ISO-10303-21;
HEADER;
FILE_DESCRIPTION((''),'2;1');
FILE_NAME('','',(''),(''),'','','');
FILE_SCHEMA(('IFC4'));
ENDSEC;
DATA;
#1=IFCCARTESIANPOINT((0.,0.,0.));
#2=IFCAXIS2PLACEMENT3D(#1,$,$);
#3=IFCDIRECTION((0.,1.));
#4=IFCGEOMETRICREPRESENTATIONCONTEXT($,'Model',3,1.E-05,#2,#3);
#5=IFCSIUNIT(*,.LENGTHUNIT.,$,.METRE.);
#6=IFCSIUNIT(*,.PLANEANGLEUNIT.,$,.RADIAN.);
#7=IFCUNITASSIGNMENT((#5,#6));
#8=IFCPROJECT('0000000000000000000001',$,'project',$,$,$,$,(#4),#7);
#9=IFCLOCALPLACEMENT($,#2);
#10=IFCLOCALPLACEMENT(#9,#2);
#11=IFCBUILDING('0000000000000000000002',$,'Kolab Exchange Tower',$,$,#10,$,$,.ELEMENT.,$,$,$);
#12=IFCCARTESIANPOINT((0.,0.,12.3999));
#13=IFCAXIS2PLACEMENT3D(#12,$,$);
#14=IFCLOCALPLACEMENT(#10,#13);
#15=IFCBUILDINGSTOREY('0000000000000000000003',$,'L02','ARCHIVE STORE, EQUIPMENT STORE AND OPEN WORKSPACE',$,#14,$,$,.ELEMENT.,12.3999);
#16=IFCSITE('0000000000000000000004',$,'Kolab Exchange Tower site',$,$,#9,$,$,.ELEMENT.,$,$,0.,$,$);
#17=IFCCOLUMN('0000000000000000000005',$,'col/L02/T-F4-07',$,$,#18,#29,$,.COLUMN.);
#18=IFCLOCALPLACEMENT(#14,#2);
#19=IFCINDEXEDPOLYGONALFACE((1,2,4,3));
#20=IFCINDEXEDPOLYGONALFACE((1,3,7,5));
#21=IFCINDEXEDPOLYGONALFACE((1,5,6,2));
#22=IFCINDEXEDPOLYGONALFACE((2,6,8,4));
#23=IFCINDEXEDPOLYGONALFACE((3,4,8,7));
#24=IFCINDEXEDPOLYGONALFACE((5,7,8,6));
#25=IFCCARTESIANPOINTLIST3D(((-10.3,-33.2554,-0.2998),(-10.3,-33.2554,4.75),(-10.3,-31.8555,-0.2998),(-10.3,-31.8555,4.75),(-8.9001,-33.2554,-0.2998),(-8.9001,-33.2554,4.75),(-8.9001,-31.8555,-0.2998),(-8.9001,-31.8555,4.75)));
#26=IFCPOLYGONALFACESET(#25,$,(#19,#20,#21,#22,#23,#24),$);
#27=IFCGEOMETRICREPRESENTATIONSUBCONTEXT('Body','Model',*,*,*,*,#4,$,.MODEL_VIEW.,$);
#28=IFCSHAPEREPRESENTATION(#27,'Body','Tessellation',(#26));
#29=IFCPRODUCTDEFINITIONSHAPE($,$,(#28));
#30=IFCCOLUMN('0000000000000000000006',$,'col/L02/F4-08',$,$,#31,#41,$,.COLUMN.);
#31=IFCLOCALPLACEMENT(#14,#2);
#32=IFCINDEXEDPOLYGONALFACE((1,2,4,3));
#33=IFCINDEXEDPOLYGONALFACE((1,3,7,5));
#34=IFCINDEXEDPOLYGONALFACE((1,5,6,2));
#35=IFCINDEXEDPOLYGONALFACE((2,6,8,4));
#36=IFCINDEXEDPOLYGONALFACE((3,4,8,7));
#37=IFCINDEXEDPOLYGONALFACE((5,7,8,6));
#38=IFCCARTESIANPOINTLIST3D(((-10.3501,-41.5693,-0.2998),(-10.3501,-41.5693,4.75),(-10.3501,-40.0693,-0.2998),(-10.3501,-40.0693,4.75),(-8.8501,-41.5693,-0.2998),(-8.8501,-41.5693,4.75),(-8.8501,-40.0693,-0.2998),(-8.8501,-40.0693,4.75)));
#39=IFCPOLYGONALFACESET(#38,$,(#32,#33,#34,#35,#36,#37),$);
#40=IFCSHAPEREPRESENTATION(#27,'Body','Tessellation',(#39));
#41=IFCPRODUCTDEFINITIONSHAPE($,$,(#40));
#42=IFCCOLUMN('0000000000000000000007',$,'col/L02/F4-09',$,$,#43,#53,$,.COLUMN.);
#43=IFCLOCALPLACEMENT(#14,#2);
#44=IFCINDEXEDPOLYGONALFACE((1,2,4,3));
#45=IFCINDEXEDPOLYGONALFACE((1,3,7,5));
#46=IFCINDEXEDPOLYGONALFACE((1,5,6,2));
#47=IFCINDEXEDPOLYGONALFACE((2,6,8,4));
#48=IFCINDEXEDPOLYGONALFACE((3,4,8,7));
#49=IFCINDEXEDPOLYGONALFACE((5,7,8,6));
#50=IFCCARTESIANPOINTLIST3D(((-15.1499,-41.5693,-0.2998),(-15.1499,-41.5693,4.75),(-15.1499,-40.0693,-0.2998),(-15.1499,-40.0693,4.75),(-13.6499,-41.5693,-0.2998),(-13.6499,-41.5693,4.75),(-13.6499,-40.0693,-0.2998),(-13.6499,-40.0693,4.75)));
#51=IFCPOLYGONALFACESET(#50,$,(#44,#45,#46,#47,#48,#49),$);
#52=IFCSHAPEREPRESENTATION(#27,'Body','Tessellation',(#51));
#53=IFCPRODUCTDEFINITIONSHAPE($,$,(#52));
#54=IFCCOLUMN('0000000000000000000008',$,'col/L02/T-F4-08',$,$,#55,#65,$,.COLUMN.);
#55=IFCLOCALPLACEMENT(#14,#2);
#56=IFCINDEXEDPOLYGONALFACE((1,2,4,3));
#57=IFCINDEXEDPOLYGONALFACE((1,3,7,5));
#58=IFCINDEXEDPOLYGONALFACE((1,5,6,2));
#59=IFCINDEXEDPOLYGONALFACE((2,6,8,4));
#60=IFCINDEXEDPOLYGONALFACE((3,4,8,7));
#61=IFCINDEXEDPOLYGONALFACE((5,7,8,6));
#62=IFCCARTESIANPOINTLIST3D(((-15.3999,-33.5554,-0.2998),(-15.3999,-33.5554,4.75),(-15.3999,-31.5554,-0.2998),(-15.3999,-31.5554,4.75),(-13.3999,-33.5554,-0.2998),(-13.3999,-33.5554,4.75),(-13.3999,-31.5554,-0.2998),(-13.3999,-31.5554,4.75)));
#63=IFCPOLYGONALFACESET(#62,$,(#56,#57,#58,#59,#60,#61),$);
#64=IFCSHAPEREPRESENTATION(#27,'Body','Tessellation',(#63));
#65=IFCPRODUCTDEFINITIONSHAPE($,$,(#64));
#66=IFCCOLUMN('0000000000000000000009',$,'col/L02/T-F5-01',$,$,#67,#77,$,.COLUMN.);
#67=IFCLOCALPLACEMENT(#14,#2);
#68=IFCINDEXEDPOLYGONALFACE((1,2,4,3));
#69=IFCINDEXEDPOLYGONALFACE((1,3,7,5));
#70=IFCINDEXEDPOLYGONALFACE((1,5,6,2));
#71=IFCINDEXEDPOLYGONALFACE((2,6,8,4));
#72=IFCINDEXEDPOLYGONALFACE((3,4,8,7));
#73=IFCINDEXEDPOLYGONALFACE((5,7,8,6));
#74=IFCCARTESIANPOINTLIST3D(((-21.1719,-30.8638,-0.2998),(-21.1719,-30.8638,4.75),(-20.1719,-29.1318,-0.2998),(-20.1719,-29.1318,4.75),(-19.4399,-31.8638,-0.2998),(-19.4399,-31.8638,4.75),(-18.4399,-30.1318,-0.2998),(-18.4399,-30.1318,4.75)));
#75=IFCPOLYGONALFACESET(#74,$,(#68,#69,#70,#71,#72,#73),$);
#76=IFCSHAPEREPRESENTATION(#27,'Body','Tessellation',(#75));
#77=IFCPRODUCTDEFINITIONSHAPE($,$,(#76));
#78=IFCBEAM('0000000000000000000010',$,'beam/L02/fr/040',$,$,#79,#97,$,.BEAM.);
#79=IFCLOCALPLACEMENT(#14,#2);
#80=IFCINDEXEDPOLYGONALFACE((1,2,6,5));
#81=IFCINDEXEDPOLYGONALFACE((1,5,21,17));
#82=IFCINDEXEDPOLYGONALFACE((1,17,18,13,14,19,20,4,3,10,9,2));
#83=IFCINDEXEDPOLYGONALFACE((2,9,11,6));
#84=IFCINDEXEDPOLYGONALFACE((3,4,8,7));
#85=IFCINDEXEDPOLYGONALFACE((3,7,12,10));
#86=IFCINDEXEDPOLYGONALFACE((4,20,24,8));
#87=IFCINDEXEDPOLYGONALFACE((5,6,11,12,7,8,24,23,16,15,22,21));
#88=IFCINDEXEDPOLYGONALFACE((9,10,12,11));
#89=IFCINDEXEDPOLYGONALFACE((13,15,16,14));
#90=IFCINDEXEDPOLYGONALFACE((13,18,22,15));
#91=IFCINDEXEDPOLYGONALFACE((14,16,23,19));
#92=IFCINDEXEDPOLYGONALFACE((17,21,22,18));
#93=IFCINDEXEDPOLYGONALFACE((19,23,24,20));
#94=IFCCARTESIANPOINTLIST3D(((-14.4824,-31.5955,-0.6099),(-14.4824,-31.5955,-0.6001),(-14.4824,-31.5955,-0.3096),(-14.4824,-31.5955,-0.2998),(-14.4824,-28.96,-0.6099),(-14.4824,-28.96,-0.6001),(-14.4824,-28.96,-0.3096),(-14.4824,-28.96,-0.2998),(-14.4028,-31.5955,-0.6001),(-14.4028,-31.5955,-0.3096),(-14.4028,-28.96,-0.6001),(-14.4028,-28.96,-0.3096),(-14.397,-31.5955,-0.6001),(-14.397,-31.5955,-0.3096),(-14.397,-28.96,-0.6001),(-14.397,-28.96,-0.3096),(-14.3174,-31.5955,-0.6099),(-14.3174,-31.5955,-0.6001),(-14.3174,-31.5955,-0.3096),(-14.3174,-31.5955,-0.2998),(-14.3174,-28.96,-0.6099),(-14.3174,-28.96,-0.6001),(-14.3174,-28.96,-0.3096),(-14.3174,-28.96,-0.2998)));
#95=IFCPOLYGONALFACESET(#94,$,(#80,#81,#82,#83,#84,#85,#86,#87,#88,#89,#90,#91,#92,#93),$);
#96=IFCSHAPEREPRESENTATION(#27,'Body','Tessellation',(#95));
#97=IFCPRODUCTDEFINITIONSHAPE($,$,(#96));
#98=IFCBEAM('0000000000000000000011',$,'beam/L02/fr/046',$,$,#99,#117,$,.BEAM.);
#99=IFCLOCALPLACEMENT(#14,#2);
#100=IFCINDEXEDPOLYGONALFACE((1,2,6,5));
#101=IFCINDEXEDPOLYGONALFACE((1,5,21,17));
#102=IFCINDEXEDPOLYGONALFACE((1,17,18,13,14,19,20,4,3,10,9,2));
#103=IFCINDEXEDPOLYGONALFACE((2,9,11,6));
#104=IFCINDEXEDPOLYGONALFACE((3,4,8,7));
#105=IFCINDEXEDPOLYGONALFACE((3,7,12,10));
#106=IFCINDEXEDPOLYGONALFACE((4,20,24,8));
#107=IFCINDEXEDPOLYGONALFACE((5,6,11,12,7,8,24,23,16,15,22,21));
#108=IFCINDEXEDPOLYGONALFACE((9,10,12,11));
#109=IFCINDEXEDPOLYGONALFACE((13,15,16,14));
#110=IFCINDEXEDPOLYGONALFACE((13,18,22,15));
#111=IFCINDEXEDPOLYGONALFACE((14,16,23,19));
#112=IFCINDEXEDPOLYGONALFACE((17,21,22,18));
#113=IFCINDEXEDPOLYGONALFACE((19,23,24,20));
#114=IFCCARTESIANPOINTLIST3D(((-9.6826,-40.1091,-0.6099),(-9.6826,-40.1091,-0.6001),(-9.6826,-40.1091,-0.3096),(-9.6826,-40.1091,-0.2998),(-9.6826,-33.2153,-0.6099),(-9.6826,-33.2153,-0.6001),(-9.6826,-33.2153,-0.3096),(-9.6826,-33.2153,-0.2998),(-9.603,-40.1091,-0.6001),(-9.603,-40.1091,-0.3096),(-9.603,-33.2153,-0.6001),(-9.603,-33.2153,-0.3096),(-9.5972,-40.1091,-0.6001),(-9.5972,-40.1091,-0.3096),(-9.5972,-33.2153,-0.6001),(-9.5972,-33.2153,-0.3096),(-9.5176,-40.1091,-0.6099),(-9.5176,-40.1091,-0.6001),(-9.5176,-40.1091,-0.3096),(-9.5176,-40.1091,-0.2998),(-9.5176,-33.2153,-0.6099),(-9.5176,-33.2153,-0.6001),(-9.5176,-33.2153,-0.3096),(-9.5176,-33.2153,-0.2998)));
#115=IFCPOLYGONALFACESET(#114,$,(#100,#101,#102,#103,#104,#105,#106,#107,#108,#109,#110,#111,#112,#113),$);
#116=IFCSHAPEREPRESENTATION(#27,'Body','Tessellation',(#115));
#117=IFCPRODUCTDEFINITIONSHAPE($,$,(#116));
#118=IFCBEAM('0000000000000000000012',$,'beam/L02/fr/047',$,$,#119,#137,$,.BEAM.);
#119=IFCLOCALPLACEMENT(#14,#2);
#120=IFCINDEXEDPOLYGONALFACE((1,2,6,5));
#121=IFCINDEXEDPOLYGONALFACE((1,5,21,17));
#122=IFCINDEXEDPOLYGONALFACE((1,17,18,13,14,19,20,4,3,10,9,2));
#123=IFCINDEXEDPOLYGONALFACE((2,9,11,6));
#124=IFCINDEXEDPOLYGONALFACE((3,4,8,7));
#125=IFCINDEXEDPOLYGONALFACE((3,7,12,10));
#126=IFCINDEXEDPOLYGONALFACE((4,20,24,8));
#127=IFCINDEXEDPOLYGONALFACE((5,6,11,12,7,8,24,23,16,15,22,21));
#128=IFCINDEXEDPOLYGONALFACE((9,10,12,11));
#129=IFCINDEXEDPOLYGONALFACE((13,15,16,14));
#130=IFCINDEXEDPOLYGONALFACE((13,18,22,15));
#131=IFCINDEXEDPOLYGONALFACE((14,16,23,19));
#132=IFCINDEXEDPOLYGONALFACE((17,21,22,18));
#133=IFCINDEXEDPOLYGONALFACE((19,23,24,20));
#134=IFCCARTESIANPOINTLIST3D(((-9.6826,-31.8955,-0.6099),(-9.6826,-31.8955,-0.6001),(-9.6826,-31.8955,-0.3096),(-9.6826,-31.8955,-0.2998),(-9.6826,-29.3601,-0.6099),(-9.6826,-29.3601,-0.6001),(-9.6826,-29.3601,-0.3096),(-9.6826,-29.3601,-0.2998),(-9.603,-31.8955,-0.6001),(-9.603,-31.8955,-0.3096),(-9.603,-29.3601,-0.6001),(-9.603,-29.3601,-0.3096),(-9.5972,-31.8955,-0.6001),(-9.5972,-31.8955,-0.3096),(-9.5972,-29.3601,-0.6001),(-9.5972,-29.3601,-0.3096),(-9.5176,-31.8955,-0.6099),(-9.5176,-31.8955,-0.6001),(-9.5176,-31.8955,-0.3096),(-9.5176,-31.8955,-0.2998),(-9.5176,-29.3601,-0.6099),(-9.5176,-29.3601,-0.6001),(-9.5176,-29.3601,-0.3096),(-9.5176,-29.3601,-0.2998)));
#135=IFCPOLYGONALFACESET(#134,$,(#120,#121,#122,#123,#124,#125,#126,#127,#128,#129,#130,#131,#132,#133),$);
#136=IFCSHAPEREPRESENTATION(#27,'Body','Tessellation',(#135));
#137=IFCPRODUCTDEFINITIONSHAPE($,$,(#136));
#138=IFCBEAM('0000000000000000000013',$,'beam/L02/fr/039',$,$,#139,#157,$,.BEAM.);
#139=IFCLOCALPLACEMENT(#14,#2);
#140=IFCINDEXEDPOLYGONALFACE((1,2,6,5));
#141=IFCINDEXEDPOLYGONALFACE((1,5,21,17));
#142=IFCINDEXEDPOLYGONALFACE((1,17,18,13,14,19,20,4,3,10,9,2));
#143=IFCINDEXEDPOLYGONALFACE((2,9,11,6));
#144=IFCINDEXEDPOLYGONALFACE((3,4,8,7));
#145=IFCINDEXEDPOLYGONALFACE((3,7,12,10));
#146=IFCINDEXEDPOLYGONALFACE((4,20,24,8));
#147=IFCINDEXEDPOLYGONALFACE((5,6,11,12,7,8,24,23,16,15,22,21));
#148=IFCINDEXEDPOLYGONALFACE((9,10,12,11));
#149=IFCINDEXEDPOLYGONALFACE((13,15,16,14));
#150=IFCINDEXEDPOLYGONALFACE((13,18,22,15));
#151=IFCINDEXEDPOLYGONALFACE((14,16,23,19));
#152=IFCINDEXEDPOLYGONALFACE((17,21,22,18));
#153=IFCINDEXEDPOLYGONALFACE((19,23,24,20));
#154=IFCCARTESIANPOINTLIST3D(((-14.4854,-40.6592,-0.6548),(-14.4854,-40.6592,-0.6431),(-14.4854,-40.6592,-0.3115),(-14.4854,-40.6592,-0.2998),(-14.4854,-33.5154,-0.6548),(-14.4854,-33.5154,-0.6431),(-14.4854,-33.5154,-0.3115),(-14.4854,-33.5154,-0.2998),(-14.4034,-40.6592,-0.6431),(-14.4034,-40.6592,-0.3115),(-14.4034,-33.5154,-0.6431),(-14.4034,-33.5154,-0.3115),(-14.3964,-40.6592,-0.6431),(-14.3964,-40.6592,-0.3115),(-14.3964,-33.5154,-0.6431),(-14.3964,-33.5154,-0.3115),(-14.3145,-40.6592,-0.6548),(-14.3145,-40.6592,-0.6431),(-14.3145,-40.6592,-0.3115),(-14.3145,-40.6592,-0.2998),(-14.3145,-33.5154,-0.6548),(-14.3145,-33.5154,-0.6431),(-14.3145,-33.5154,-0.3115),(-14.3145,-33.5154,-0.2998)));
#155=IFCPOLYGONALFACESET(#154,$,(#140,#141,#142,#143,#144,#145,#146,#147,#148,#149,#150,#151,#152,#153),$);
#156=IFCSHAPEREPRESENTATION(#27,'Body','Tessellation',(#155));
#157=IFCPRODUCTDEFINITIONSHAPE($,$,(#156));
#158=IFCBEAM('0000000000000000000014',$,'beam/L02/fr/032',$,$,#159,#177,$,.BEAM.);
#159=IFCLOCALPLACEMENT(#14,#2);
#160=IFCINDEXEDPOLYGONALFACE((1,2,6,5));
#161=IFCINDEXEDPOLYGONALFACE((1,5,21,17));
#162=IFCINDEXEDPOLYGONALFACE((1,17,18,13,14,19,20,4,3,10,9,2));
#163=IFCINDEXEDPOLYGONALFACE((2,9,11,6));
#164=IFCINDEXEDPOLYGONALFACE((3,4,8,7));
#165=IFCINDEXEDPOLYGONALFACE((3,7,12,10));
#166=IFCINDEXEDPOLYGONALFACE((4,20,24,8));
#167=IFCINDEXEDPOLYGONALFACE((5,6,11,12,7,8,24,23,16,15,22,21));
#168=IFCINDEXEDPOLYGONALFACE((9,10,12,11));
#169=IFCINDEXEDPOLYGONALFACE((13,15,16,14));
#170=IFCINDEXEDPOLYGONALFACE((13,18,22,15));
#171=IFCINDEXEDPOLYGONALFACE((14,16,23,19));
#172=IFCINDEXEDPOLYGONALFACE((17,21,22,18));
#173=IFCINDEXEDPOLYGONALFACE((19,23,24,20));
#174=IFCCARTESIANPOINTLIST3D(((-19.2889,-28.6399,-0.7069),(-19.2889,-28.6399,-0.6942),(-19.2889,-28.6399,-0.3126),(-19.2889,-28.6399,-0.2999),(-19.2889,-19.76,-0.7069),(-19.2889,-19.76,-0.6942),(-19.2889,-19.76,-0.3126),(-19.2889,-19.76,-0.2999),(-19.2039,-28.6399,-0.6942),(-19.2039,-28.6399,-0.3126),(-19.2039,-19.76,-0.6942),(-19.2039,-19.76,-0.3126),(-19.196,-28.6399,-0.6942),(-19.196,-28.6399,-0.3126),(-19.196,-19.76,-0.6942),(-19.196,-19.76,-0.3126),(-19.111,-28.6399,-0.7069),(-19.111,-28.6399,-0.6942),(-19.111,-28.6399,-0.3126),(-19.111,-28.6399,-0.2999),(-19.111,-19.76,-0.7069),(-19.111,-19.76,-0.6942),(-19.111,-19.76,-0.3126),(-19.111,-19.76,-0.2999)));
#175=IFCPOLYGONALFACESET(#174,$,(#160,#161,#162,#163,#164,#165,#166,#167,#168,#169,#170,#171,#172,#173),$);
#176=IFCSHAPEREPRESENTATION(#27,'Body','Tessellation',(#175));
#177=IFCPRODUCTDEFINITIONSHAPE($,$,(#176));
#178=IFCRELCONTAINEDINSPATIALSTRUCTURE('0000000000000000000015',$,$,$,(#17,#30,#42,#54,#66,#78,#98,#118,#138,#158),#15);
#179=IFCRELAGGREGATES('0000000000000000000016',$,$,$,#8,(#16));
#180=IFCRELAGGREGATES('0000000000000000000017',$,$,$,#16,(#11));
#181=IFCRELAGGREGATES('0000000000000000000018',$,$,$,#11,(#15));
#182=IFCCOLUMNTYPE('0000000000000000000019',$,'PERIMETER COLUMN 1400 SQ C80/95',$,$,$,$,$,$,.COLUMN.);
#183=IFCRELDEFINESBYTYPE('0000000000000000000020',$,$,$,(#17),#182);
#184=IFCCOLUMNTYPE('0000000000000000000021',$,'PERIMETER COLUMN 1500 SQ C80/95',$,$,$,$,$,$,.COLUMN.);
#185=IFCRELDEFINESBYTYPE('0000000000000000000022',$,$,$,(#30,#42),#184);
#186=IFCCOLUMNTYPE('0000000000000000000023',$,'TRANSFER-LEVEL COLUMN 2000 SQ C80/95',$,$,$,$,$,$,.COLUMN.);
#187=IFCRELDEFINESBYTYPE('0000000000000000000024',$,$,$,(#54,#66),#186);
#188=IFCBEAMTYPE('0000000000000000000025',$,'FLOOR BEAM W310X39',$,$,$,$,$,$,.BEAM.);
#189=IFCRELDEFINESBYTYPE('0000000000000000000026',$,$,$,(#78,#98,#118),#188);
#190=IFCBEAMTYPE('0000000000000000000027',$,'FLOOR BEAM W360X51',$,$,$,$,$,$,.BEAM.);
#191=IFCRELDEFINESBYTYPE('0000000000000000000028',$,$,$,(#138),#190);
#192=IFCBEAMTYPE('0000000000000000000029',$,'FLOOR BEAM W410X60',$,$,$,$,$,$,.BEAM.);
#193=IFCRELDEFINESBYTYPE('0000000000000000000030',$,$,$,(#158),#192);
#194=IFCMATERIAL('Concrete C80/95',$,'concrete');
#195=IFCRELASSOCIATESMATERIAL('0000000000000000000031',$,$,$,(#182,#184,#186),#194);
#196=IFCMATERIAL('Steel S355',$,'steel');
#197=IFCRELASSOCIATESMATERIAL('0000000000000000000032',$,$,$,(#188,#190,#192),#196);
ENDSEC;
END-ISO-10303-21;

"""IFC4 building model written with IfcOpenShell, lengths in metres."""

from ifc_helpers import new_model, si_unit, direction, frame, origin, origin_2d, place, context, subcontext, project, spatial, rectangle, i_section, extrude, material, material_profile, profile_set, type_object, element, save


model = new_model("IFC4")

# Units and contexts
model_context = context("Model", 3, precision=1e-05, world=origin(), true_north=direction((0.0, 1.0)))
body_context = subcontext(model_context, "Body", "Model", "MODEL_VIEW")
ifc_project = project(units=[si_unit("LENGTHUNIT", "METRE"), si_unit("PLANEANGLEUNIT", "RADIAN")], contexts=[model_context])

# Site, building, storey
site_placement = place(None, origin())
site = spatial("IfcSite", under=ifc_project, at=site_placement, Name="Kolab Exchange Tower site", CompositionType="ELEMENT", RefElevation=0.0)
building_placement = place(site_placement, origin())
building = spatial("IfcBuilding", under=site, at=building_placement, Name="Kolab Exchange Tower", CompositionType="ELEMENT")
storey_placement = place(building_placement, frame((0.0, 0.0, 12.3999)))
storey = spatial("IfcBuildingStorey", under=building, at=storey_placement, Name="L02", Description="ARCHIVE STORE, EQUIPMENT STORE AND OPEN WORKSPACE", CompositionType="ELEMENT", Elevation=12.3999)

# Columns
ifc_material_1 = material(Name="Concrete C80/95", Category="concrete")
ifc_material_profile_1 = material_profile(ifc_material_1, rectangle(XDim=1.3999, YDim=1.3999, at=origin_2d()), Name="RC1400")
ifc_profile_set_1 = profile_set([ifc_material_profile_1], Name="Concrete C80/95")
column_type_1 = type_object("IfcColumnType", Name="PERIMETER COLUMN 1400 SQ C80/95", PredefinedType="COLUMN", material=ifc_profile_set_1)
column_placement = place(storey_placement, frame((-9.6001, -32.5554, -0.2998), z_axis=(0.0, 0.0, 1.0), x_axis=(1.0, 0.0, 0.0)))
element("IfcColumn", 1, at=column_placement, inside=storey, type_object=column_type_1, Name="col/L02/T-F4-07", PredefinedType="COLUMN", context=body_context, shape_type="SweptSolid", body=[
    extrude(rectangle(XDim=1.3999, YDim=1.3999, at=origin_2d()), origin(), (0.0, 0.0, 1.0), 5.0498),
])
ifc_material_profile_2 = material_profile(ifc_material_1, rectangle(XDim=1.5, YDim=1.5, at=origin_2d()), Name="RC1500")
ifc_profile_set_2 = profile_set([ifc_material_profile_2], Name="Concrete C80/95")
column_type_2 = type_object("IfcColumnType", Name="PERIMETER COLUMN 1500 SQ C80/95", PredefinedType="COLUMN", material=ifc_profile_set_2)
for number, where, z_axis, x_axis, name in (
    (2, (-9.6001, -40.8193, -0.2998), (0.0, 0.0, 1.0), (1.0, 0.0, 0.0), "col/L02/F4-08"),
    (3, (-14.3999, -40.8193, -0.2998), (0.0, 0.0, 1.0), (1.0, 0.0, 0.0), "col/L02/F4-09"),
):
    element("IfcColumn", number, at=place(storey_placement, frame(where, z_axis=z_axis, x_axis=x_axis)), inside=storey, type_object=column_type_2, Name=name, PredefinedType="COLUMN", context=body_context, shape_type="SweptSolid", body=[
        extrude(rectangle(XDim=1.5, YDim=1.5, at=origin_2d()), origin(), (0.0, 0.0, 1.0), 5.0498),
    ])
ifc_material_profile_3 = material_profile(ifc_material_1, rectangle(XDim=2.0, YDim=2.0, at=origin_2d()), Name="RC2000")
ifc_profile_set_3 = profile_set([ifc_material_profile_3], Name="Concrete C80/95")
column_type_3 = type_object("IfcColumnType", Name="TRANSFER-LEVEL COLUMN 2000 SQ C80/95", PredefinedType="COLUMN", material=ifc_profile_set_3)
for number, where, z_axis, x_axis, name in (
    (4, (-14.3999, -32.5554, -0.2998), (0.0, 0.0, 1.0), (1.0, 0.0, 0.0), "col/L02/T-F4-08"),
    (5, (-19.8059, -30.4978, -0.2998), (0.0, 0.0, 1.0), (0.5, 0.866025, 0.0), "col/L02/T-F5-01"),
):
    element("IfcColumn", number, at=place(storey_placement, frame(where, z_axis=z_axis, x_axis=x_axis)), inside=storey, type_object=column_type_3, Name=name, PredefinedType="COLUMN", context=body_context, shape_type="SweptSolid", body=[
        extrude(rectangle(XDim=2.0, YDim=2.0, at=origin_2d()), origin(), (0.0, 0.0, 1.0), 5.0498),
    ])

# Beams
ifc_material_2 = material(Name="Steel S355", Category="steel")
ifc_material_profile_4 = material_profile(ifc_material_2, i_section(OverallWidth=0.165, OverallDepth=0.3101, WebThickness=0.0059, FlangeThickness=0.0098, at=origin_2d()), Name="W310X39")
ifc_profile_set_4 = profile_set([ifc_material_profile_4], Name="Steel S355")
beam_type_1 = type_object("IfcBeamType", Name="FLOOR BEAM W310X39", PredefinedType="BEAM", material=ifc_profile_set_4)
beam_1_placement = place(storey_placement, frame((-14.3999, -31.5955, -0.4548), z_axis=(0.0, 1.0, 0.0), x_axis=(-1.0, 0.0, 0.0)))
element("IfcBeam", 6, at=beam_1_placement, inside=storey, type_object=beam_type_1, Name="beam/L02/fr/040", PredefinedType="BEAM", context=body_context, shape_type="SweptSolid", body=[
    extrude(i_section(OverallWidth=0.165, OverallDepth=0.3101, WebThickness=0.0059, FlangeThickness=0.0098, at=origin_2d()), origin(), (0.0, 0.0, 1.0), 2.6355),
])
beam_2_placement = place(storey_placement, frame((-9.6001, -40.1091, -0.4548), z_axis=(0.0, 1.0, 0.0), x_axis=(-1.0, 0.0, 0.0)))
element("IfcBeam", 7, at=beam_2_placement, inside=storey, type_object=beam_type_1, Name="beam/L02/fr/046", PredefinedType="BEAM", context=body_context, shape_type="SweptSolid", body=[
    extrude(i_section(OverallWidth=0.165, OverallDepth=0.3101, WebThickness=0.0059, FlangeThickness=0.0098, at=origin_2d()), origin(), (0.0, 0.0, 1.0), 6.8938),
])
beam_3_placement = place(storey_placement, frame((-9.6001, -31.8955, -0.4548), z_axis=(0.0, 1.0, 0.0), x_axis=(-1.0, 0.0, 0.0)))
element("IfcBeam", 8, at=beam_3_placement, inside=storey, type_object=beam_type_1, Name="beam/L02/fr/047", PredefinedType="BEAM", context=body_context, shape_type="SweptSolid", body=[
    extrude(i_section(OverallWidth=0.165, OverallDepth=0.3101, WebThickness=0.0059, FlangeThickness=0.0098, at=origin_2d()), origin(), (0.0, 0.0, 1.0), 2.5354),
])
ifc_material_profile_5 = material_profile(ifc_material_2, i_section(OverallWidth=0.1709, OverallDepth=0.355, WebThickness=0.0071, FlangeThickness=0.0117, at=origin_2d()), Name="W360X51")
ifc_profile_set_5 = profile_set([ifc_material_profile_5], Name="Steel S355")
beam_type_2 = type_object("IfcBeamType", Name="FLOOR BEAM W360X51", PredefinedType="BEAM", material=ifc_profile_set_5)
beam_4_placement = place(storey_placement, frame((-14.3999, -40.6592, -0.4773), z_axis=(0.0, 1.0, 0.0), x_axis=(-1.0, 0.0, 0.0)))
element("IfcBeam", 9, at=beam_4_placement, inside=storey, type_object=beam_type_2, Name="beam/L02/fr/039", PredefinedType="BEAM", context=body_context, shape_type="SweptSolid", body=[
    extrude(i_section(OverallWidth=0.1709, OverallDepth=0.355, WebThickness=0.0071, FlangeThickness=0.0117, at=origin_2d()), origin(), (0.0, 0.0, 1.0), 7.1438),
])
ifc_material_profile_6 = material_profile(ifc_material_2, i_section(OverallWidth=0.178, OverallDepth=0.407, WebThickness=0.0078, FlangeThickness=0.0127, at=origin_2d()), Name="W410X60")
ifc_profile_set_6 = profile_set([ifc_material_profile_6], Name="Steel S355")
beam_type_3 = type_object("IfcBeamType", Name="FLOOR BEAM W410X60", PredefinedType="BEAM", material=ifc_profile_set_6)
beam_5_placement = place(storey_placement, frame((-19.2, -28.6399, -0.5034), z_axis=(0.0, 1.0, 0.0), x_axis=(-1.0, 0.0, 0.0)))
element("IfcBeam", 10, at=beam_5_placement, inside=storey, type_object=beam_type_3, Name="beam/L02/fr/032", PredefinedType="BEAM", context=body_context, shape_type="SweptSolid", body=[
    extrude(i_section(OverallWidth=0.178, OverallDepth=0.407, WebThickness=0.0078, FlangeThickness=0.0127, at=origin_2d()), origin(), (0.0, 0.0, 1.0), 8.8799),
])

save(model, "model.ifc")
